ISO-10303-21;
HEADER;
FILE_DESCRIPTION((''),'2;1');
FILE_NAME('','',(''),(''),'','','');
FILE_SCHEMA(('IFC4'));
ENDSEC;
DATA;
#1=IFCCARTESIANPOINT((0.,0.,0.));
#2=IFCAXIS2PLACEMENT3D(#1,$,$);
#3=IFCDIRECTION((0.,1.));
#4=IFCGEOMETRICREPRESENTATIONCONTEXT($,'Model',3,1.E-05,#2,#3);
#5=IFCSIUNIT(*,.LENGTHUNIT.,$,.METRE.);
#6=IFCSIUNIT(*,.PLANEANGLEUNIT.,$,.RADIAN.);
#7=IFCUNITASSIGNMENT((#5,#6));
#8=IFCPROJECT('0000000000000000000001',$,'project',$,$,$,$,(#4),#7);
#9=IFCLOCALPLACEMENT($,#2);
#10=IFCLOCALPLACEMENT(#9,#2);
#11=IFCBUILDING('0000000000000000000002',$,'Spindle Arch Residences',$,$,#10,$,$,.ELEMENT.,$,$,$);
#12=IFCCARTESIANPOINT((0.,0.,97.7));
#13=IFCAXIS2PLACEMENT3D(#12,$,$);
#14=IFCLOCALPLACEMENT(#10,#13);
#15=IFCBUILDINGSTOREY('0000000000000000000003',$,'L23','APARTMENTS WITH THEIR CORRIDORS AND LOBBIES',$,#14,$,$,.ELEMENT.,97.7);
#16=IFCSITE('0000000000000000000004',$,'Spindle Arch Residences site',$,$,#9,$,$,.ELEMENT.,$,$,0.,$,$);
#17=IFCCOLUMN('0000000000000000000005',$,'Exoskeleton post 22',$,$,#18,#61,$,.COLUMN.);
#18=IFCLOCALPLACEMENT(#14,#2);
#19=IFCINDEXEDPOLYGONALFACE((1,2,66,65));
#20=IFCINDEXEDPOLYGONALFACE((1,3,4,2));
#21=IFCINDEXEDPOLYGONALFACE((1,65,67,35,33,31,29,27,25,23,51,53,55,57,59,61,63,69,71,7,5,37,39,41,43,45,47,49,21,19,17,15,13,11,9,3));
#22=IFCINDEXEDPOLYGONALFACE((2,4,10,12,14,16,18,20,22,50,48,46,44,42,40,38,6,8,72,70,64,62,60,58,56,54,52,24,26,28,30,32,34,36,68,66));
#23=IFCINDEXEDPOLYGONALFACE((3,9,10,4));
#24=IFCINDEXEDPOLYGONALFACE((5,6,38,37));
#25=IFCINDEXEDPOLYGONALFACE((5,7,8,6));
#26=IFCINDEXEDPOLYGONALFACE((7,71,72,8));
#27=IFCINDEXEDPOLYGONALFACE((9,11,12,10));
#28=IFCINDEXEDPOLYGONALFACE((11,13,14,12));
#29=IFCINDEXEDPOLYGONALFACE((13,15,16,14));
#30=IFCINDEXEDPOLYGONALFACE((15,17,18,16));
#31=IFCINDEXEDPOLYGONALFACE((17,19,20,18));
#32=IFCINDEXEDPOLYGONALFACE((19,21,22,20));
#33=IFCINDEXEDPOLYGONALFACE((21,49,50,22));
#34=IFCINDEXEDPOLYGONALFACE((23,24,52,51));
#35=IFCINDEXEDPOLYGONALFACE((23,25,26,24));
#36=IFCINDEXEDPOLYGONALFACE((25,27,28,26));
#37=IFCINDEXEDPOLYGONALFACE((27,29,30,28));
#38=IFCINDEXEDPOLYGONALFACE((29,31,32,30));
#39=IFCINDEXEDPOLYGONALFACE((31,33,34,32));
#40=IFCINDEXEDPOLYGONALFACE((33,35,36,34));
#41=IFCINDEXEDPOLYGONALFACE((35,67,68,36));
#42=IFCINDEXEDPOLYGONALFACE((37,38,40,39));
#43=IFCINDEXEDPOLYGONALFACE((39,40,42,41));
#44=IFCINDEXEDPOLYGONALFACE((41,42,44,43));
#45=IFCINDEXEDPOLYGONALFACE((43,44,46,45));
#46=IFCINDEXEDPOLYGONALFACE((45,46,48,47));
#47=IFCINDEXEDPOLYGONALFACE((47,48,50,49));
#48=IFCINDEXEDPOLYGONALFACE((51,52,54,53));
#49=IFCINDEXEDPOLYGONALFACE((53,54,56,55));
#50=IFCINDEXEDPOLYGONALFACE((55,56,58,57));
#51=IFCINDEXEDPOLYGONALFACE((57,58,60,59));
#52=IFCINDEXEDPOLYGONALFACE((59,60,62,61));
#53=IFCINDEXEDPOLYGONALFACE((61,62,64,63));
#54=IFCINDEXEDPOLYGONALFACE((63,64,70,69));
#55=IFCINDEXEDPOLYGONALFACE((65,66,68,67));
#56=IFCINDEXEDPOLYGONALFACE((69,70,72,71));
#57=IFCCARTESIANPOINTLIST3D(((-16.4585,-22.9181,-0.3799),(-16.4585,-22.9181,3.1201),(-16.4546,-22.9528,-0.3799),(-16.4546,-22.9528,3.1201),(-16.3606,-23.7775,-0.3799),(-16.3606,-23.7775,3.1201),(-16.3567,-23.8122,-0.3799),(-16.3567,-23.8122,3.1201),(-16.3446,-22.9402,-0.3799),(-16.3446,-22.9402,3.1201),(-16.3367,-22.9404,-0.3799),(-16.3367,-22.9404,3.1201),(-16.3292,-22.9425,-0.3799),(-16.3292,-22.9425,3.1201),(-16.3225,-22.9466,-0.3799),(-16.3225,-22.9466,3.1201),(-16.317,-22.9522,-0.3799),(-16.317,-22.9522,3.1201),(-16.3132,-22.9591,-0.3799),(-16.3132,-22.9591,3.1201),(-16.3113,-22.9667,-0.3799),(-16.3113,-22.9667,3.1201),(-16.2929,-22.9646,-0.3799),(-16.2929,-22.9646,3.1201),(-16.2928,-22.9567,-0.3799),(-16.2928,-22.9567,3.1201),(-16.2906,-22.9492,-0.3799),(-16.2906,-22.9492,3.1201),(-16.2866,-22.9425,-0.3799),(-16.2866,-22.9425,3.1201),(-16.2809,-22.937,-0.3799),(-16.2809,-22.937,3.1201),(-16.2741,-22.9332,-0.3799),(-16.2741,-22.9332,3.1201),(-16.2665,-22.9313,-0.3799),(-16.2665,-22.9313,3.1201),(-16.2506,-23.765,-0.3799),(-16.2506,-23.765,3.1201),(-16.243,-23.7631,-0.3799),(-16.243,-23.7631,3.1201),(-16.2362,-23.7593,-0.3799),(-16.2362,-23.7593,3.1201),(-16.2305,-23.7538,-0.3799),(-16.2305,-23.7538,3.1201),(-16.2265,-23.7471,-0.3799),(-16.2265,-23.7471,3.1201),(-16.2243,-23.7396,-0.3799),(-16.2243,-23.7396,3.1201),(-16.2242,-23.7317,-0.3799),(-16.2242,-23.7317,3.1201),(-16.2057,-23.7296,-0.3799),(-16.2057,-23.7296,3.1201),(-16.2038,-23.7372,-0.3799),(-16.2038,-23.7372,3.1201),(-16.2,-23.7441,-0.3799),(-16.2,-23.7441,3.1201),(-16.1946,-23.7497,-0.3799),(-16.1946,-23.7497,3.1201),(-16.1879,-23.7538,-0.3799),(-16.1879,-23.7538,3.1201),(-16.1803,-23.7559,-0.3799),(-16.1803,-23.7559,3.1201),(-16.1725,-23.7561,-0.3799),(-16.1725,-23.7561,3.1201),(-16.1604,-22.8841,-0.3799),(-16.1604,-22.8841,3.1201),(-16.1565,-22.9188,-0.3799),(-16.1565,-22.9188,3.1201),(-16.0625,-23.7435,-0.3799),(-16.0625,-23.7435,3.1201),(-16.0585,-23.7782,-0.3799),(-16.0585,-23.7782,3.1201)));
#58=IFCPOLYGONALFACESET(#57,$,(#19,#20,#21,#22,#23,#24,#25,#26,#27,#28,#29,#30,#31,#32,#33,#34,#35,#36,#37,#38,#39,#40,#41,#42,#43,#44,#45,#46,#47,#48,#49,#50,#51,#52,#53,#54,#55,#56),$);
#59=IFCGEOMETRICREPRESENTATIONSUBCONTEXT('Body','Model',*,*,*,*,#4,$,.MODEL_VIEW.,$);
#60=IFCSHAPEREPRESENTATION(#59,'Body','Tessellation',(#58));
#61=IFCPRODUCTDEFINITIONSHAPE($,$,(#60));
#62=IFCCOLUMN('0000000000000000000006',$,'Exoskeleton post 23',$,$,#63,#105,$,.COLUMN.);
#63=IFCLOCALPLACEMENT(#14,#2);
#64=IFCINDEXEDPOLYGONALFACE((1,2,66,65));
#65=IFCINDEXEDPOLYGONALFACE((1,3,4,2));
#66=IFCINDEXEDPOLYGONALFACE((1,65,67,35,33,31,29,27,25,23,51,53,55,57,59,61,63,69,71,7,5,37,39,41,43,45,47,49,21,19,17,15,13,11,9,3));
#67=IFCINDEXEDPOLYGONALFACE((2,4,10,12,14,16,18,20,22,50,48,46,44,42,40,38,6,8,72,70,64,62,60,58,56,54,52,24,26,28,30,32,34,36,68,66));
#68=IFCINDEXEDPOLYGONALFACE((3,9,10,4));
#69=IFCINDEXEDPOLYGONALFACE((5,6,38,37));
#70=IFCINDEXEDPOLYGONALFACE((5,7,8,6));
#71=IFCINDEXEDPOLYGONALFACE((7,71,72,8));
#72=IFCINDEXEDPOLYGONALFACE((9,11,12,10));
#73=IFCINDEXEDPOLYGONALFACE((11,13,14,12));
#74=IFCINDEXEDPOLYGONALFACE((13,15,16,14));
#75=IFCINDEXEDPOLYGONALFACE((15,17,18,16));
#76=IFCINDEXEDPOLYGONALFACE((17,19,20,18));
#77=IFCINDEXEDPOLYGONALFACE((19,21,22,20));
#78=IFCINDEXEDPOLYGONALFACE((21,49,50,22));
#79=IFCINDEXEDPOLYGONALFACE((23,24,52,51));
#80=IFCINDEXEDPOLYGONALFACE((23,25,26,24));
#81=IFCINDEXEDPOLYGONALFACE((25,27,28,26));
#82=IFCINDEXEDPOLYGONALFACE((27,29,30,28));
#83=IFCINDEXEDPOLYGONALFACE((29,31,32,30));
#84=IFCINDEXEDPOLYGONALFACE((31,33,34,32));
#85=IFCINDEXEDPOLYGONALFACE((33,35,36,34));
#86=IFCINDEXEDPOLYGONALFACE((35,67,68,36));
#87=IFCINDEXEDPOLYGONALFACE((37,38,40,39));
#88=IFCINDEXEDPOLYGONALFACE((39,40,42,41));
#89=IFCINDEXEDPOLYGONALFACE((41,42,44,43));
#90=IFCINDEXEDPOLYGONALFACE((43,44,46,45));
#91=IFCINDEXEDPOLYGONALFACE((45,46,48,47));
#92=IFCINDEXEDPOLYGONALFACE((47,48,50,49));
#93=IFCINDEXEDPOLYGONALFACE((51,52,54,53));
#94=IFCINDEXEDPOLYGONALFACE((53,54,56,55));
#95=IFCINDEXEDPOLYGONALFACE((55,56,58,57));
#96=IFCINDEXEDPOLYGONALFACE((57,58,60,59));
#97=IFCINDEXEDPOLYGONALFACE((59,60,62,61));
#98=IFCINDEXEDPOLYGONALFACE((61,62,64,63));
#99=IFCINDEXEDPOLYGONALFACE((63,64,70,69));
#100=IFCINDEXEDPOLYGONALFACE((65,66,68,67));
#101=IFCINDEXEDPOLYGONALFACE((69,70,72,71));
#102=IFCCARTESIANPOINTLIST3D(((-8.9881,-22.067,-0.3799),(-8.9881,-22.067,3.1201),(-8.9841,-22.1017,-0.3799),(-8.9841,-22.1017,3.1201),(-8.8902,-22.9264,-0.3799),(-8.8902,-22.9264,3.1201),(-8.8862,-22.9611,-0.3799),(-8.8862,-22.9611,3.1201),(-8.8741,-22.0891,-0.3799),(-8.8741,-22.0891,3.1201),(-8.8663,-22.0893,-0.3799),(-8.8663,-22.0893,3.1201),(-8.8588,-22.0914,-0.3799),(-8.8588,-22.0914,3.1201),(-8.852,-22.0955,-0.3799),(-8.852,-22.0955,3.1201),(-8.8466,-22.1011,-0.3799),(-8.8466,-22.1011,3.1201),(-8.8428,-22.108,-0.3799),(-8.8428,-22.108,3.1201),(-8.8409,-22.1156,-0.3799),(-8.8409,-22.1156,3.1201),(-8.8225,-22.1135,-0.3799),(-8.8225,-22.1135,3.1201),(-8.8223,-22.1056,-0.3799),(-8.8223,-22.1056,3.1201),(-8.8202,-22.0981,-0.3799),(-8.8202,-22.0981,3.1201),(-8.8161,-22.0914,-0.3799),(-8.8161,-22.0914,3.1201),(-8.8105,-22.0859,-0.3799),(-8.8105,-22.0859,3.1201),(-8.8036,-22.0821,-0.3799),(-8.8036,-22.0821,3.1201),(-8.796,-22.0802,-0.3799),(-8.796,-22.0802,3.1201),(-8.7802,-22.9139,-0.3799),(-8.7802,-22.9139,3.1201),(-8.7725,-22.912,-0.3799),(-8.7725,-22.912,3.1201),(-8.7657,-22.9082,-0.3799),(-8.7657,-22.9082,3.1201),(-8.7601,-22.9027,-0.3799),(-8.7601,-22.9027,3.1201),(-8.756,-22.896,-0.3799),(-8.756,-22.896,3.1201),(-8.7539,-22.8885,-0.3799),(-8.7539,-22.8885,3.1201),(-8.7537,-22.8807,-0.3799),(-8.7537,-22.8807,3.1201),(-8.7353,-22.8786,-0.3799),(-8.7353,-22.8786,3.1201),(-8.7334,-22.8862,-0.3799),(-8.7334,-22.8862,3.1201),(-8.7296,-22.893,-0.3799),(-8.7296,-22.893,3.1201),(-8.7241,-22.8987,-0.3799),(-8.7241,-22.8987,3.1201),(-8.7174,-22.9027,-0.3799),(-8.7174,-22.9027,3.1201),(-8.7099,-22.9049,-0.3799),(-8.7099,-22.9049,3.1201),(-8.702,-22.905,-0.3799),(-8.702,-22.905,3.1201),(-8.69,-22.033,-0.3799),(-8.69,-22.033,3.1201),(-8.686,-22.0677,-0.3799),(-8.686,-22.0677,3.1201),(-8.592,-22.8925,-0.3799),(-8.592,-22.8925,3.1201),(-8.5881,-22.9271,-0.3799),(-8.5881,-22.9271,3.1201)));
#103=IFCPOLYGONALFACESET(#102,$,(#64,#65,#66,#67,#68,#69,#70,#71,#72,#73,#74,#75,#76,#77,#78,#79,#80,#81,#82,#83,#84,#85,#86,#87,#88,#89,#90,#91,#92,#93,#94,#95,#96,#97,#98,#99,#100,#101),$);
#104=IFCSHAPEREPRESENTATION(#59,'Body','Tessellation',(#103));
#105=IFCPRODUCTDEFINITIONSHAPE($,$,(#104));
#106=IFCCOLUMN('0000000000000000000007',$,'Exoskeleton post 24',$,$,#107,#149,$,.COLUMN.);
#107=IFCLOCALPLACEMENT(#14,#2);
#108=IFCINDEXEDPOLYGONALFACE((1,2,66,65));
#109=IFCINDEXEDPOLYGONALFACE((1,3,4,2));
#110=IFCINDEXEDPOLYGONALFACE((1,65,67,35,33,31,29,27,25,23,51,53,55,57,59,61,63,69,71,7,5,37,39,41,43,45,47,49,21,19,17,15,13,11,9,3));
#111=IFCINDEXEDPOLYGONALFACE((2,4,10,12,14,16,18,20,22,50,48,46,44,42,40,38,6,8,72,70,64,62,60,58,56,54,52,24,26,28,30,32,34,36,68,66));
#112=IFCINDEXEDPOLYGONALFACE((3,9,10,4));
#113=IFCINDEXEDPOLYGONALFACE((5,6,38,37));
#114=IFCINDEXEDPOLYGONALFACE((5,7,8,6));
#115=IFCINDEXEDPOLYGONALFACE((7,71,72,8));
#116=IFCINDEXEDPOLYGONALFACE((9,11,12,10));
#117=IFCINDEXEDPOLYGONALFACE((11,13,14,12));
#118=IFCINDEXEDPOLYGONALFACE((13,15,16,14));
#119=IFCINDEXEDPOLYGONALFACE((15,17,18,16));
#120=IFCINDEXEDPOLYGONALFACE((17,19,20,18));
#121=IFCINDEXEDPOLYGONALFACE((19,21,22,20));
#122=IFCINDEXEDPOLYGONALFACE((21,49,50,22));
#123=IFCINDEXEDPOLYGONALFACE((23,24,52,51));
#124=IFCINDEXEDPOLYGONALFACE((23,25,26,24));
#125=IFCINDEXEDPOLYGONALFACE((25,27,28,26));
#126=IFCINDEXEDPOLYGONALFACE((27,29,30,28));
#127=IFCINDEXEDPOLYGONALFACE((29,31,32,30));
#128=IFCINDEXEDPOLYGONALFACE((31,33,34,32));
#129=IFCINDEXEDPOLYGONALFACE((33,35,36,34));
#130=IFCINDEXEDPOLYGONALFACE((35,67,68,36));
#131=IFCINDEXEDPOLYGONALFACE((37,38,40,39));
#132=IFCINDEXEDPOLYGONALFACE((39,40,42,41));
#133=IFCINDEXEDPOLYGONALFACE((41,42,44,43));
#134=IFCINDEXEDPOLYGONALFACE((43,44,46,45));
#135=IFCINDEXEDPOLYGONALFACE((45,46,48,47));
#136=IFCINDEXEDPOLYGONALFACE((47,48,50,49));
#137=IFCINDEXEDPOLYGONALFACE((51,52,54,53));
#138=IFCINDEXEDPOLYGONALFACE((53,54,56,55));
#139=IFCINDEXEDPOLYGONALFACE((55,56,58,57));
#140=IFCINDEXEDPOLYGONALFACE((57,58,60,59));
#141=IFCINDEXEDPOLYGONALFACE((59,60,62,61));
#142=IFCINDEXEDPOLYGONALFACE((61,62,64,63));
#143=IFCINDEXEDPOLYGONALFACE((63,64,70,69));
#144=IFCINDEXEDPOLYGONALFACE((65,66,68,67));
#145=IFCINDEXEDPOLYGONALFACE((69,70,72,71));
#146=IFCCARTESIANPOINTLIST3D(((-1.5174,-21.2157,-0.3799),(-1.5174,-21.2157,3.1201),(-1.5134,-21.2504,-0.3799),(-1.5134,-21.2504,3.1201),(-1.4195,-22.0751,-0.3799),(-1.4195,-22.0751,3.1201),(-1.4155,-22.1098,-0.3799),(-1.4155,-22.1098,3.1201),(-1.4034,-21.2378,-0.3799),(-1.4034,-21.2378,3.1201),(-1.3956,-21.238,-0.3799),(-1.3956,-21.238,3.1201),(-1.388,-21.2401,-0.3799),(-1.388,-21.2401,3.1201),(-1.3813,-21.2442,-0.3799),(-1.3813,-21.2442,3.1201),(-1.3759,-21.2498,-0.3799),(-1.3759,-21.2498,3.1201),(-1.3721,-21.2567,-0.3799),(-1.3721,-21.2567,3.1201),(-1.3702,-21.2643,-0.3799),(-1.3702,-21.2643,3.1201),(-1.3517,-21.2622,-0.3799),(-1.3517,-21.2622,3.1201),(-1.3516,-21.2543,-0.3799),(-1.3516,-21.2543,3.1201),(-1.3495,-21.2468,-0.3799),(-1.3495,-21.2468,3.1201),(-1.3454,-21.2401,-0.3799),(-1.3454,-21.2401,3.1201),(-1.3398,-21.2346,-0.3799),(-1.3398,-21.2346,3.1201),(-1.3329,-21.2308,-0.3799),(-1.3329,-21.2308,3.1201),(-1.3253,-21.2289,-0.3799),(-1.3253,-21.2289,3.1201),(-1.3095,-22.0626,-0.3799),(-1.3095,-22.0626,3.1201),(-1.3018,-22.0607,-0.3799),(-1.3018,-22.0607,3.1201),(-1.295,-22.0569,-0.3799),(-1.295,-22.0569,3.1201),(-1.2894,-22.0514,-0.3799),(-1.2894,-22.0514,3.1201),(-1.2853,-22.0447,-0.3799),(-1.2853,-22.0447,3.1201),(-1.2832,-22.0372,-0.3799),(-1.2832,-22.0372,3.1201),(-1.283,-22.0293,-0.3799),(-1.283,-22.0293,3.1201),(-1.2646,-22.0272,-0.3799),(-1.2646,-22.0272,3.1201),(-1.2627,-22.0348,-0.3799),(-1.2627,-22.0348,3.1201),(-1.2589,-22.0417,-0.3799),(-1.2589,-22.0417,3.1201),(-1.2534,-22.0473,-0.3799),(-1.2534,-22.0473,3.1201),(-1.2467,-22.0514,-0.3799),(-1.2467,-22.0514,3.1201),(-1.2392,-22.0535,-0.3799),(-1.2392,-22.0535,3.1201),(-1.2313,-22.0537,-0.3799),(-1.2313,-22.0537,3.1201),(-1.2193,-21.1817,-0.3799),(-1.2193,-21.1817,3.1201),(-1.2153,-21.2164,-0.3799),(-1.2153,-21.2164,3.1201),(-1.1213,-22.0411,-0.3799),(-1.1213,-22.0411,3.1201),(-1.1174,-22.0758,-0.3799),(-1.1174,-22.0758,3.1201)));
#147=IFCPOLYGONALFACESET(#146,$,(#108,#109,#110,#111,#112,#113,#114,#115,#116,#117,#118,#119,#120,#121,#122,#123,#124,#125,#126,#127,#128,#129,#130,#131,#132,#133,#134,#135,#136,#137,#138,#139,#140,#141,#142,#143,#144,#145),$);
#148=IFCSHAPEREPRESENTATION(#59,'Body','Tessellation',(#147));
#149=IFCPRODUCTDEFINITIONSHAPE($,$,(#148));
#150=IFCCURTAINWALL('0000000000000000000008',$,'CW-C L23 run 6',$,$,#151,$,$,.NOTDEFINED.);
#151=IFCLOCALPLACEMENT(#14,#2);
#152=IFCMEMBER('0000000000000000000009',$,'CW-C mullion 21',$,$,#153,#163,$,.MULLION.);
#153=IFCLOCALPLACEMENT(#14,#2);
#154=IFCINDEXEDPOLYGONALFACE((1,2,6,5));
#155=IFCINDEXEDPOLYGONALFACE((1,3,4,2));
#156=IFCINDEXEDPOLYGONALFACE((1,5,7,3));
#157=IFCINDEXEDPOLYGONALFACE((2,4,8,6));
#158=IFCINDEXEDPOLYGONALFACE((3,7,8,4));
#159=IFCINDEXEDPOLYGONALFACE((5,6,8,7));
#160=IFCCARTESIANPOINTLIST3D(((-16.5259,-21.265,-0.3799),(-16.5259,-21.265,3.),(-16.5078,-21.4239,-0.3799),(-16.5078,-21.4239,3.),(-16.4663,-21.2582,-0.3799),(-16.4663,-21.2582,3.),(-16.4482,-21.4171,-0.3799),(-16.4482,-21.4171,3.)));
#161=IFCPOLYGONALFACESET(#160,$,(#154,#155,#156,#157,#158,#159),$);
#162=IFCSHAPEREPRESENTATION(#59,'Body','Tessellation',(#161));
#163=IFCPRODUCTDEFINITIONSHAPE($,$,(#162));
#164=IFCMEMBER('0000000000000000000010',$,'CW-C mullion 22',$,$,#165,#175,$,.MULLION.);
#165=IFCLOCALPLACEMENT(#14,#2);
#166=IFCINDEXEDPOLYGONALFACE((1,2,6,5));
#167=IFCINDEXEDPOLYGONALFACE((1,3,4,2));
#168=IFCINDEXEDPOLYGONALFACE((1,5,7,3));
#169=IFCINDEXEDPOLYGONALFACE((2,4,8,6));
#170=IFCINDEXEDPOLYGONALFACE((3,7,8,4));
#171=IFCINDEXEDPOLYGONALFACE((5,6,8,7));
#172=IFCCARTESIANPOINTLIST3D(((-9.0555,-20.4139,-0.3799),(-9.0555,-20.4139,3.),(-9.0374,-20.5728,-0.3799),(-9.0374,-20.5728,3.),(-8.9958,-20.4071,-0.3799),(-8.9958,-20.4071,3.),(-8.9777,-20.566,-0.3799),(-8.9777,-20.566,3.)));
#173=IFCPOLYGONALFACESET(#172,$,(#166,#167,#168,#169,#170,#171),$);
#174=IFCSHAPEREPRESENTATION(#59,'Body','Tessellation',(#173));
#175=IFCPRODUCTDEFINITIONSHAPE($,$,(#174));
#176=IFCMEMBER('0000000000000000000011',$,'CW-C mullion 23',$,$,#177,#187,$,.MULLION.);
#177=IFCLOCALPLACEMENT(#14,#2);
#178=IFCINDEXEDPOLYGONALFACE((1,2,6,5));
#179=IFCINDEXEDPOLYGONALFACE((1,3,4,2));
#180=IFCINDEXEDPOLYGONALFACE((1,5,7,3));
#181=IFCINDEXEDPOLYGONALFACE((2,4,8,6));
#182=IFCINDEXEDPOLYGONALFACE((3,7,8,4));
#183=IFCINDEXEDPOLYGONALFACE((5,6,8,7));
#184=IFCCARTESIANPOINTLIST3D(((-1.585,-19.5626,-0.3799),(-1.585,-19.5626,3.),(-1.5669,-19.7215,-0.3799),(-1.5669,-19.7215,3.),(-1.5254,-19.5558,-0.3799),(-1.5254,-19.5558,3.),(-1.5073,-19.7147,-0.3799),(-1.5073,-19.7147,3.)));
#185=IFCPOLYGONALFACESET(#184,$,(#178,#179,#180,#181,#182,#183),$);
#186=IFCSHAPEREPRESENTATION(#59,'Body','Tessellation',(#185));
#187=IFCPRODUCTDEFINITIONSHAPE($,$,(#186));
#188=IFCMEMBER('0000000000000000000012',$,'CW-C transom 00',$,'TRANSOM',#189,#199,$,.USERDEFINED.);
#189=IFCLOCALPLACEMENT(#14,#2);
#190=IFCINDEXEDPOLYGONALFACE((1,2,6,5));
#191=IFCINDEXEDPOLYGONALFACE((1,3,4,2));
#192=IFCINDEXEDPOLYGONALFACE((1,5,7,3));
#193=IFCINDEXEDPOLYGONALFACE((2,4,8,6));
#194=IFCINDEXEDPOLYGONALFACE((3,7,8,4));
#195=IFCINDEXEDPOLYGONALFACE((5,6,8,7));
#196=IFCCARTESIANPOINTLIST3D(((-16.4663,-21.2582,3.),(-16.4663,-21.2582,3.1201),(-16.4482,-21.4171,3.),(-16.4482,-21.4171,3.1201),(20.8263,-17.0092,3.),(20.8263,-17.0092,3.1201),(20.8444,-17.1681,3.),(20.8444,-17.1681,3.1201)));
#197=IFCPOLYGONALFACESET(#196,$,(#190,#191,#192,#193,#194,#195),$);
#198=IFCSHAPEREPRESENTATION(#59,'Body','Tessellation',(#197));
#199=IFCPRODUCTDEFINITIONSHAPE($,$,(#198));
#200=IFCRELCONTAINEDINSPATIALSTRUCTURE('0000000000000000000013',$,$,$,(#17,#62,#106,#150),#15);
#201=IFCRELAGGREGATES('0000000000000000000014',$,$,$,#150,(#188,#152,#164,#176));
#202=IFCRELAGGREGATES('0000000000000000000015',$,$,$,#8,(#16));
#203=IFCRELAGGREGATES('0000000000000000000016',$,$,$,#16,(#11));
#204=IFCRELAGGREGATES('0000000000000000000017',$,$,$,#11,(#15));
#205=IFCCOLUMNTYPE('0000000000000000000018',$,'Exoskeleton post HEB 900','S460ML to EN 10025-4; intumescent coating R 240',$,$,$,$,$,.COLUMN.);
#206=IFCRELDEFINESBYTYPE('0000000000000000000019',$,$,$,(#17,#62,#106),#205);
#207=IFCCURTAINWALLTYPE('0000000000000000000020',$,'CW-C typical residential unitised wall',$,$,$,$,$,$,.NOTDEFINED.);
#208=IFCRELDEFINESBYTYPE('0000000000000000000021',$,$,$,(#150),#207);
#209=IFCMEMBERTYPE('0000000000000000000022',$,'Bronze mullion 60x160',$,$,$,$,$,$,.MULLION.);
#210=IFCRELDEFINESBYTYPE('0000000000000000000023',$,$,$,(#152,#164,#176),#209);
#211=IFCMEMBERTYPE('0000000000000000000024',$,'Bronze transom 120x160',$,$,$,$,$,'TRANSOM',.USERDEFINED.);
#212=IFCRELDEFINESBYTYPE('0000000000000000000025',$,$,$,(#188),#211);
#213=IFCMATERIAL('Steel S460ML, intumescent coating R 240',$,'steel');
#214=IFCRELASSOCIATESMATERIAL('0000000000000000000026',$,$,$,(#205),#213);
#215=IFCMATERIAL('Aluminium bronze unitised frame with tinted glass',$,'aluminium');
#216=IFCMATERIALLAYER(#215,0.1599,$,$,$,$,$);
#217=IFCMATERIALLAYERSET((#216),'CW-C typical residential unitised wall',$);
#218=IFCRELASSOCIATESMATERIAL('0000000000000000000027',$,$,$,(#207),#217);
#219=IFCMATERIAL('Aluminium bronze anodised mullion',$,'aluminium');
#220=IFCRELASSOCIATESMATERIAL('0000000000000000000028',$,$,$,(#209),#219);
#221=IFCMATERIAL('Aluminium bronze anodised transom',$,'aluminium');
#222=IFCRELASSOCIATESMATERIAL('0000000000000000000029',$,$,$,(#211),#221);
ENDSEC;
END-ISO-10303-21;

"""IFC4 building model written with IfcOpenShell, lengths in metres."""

from ifc_helpers import new_model, si_unit, direction, frame, origin, origin_2d, place, context, subcontext, project, spatial, rectangle, i_section, extrude, material, layer, layer_set, material_profile, profile_set, type_object, element, aggregate, save


model = new_model("IFC4")

# Units and contexts
model_context = context("Model", 3, precision=1e-05, world=origin(), true_north=direction((0.0, 1.0)))
body_context = subcontext(model_context, "Body", "Model", "MODEL_VIEW")
ifc_project = project(units=[si_unit("LENGTHUNIT", "METRE"), si_unit("PLANEANGLEUNIT", "RADIAN")], contexts=[model_context])

# Site, building, storey
site_placement = place(None, origin())
site = spatial("IfcSite", under=ifc_project, at=site_placement, Name="Spindle Arch Residences site", CompositionType="ELEMENT", RefElevation=0.0)
building_placement = place(site_placement, origin())
building = spatial("IfcBuilding", under=site, at=building_placement, Name="Spindle Arch Residences", CompositionType="ELEMENT")
storey_placement = place(building_placement, frame((0.0, 0.0, 97.7)))
storey = spatial("IfcBuildingStorey", under=building, at=storey_placement, Name="L23", Description="APARTMENTS WITH THEIR CORRIDORS AND LOBBIES", CompositionType="ELEMENT", Elevation=97.7)

# Columns
ifc_material_1 = material(Name="Steel S460ML, intumescent coating R 240", Category="steel")
ifc_material_profile_1 = material_profile(ifc_material_1, i_section(OverallWidth=0.3, OverallDepth=0.8999, WebThickness=0.0186, FlangeThickness=0.0349, FilletRadius=0.03, at=origin_2d()), Name="HEB 900")
ifc_profile_set_1 = profile_set([ifc_material_profile_1], Name="Steel S460ML, intumescent coating R 240")
column_type = type_object("IfcColumnType", Name="Exoskeleton post HEB 900", Description="S460ML to EN 10025-4; intumescent coating R 240", PredefinedType="COLUMN", material=ifc_profile_set_1)
for number, where, z_axis, x_axis, name in (
    (1, (-16.2585, -23.3481, -0.3799), (0.0, 0.0, 1.0), (-0.993572, -0.113203, 0.0), "Exoskeleton post 22"),
    (2, (-8.7881, -22.4971, -0.3799), (0.0, 0.0, 1.0), (-0.993572, -0.113203, 0.0), "Exoskeleton post 23"),
    (3, (-1.3174, -21.6458, -0.3799), (0.0, 0.0, 1.0), (-0.993572, -0.113203, 0.0), "Exoskeleton post 24"),
):
    element("IfcColumn", number, at=place(storey_placement, frame(where, z_axis=z_axis, x_axis=x_axis)), inside=storey, type_object=column_type, Name=name, PredefinedType="COLUMN", context=body_context, shape_type="SweptSolid", body=[
        extrude(i_section(OverallWidth=0.3, OverallDepth=0.8999, WebThickness=0.0186, FlangeThickness=0.0349, FilletRadius=0.03, at=origin_2d()), origin(), (0.0, 0.0, 1.0), 3.5),
    ])

# Curtain wall, members
ifc_material_2 = material(Name="Aluminium bronze unitised frame with tinted glass", Category="aluminium")
ifc_layer_1 = layer(ifc_material_2, 0.1599)
ifc_layer_set_1 = layer_set([ifc_layer_1], Name="CW-C typical residential unitised wall")
curtain_wall_type = type_object("IfcCurtainWallType", Name="CW-C typical residential unitised wall", PredefinedType="NOTDEFINED", material=ifc_layer_set_1)
curtain_wall_placement = place(storey_placement, origin())
curtain_wall = element("IfcCurtainWall", 4, at=curtain_wall_placement, inside=storey, type_object=curtain_wall_type, Name="CW-C L23 run 6", PredefinedType="NOTDEFINED")
ifc_material_3 = material(Name="Aluminium bronze anodised mullion", Category="aluminium")
ifc_material_profile_2 = material_profile(ifc_material_3, rectangle(XDim=0.1599, YDim=0.0601, at=origin_2d()), Name="MU 60x160")
ifc_profile_set_2 = profile_set([ifc_material_profile_2], Name="Aluminium bronze anodised mullion")
member_type_1 = type_object("IfcMemberType", Name="Bronze mullion 60x160", PredefinedType="MULLION", material=ifc_profile_set_2)
member_1_placement = place(storey_placement, frame((-16.4871, -21.3411, -0.3799), z_axis=(0.0, 0.0, 1.0), x_axis=(-0.113203, 0.993572, 0.0)))
member_1 = element("IfcMember", 5, at=member_1_placement, type_object=member_type_1, Name="CW-C mullion 21", PredefinedType="MULLION", context=body_context, shape_type="SweptSolid", body=[
    extrude(rectangle(XDim=0.1599, YDim=0.0601, at=origin_2d()), origin(), (0.0, 0.0, 1.0), 3.3799),
])
member_2_placement = place(storey_placement, frame((-9.0166, -20.49, -0.3799), z_axis=(0.0, 0.0, 1.0), x_axis=(-0.113203, 0.993572, 0.0)))
member_2 = element("IfcMember", 6, at=member_2_placement, type_object=member_type_1, Name="CW-C mullion 22", PredefinedType="MULLION", context=body_context, shape_type="SweptSolid", body=[
    extrude(rectangle(XDim=0.1599, YDim=0.0601, at=origin_2d()), origin(), (0.0, 0.0, 1.0), 3.3799),
])
member_3_placement = place(storey_placement, frame((-1.5461, -19.6387, -0.3799), z_axis=(0.0, 0.0, 1.0), x_axis=(-0.113203, 0.993572, 0.0)))
member_3 = element("IfcMember", 7, at=member_3_placement, type_object=member_type_1, Name="CW-C mullion 23", PredefinedType="MULLION", context=body_context, shape_type="SweptSolid", body=[
    extrude(rectangle(XDim=0.1599, YDim=0.0601, at=origin_2d()), origin(), (0.0, 0.0, 1.0), 3.3799),
])
ifc_material_4 = material(Name="Aluminium bronze anodised transom", Category="aluminium")
ifc_material_profile_3 = material_profile(ifc_material_4, rectangle(XDim=0.1599, YDim=0.1201, at=origin_2d()), Name="TR 120x160")
ifc_profile_set_3 = profile_set([ifc_material_profile_3], Name="Aluminium bronze anodised transom")
member_type_2 = type_object("IfcMemberType", Name="Bronze transom 120x160", ElementType="TRANSOM", PredefinedType="USERDEFINED", material=ifc_profile_set_3)
member_4_placement = place(storey_placement, frame((-16.4573, -21.3376, 3.0601), z_axis=(0.993572, 0.113205, 0.0), x_axis=(-0.113205, 0.993572, 0.0)))
member_4 = element("IfcMember", 8, at=member_4_placement, type_object=member_type_2, Name="CW-C transom 00", ObjectType="TRANSOM", PredefinedType="USERDEFINED", context=body_context, shape_type="SweptSolid", body=[
    extrude(rectangle(XDim=0.1599, YDim=0.1201, at=origin_2d()), origin(), (0.0, 0.0, 1.0), 37.5339),
])

aggregate(curtain_wall, [member_4, member_1, member_2, member_3])

save(model, "model.ifc")
